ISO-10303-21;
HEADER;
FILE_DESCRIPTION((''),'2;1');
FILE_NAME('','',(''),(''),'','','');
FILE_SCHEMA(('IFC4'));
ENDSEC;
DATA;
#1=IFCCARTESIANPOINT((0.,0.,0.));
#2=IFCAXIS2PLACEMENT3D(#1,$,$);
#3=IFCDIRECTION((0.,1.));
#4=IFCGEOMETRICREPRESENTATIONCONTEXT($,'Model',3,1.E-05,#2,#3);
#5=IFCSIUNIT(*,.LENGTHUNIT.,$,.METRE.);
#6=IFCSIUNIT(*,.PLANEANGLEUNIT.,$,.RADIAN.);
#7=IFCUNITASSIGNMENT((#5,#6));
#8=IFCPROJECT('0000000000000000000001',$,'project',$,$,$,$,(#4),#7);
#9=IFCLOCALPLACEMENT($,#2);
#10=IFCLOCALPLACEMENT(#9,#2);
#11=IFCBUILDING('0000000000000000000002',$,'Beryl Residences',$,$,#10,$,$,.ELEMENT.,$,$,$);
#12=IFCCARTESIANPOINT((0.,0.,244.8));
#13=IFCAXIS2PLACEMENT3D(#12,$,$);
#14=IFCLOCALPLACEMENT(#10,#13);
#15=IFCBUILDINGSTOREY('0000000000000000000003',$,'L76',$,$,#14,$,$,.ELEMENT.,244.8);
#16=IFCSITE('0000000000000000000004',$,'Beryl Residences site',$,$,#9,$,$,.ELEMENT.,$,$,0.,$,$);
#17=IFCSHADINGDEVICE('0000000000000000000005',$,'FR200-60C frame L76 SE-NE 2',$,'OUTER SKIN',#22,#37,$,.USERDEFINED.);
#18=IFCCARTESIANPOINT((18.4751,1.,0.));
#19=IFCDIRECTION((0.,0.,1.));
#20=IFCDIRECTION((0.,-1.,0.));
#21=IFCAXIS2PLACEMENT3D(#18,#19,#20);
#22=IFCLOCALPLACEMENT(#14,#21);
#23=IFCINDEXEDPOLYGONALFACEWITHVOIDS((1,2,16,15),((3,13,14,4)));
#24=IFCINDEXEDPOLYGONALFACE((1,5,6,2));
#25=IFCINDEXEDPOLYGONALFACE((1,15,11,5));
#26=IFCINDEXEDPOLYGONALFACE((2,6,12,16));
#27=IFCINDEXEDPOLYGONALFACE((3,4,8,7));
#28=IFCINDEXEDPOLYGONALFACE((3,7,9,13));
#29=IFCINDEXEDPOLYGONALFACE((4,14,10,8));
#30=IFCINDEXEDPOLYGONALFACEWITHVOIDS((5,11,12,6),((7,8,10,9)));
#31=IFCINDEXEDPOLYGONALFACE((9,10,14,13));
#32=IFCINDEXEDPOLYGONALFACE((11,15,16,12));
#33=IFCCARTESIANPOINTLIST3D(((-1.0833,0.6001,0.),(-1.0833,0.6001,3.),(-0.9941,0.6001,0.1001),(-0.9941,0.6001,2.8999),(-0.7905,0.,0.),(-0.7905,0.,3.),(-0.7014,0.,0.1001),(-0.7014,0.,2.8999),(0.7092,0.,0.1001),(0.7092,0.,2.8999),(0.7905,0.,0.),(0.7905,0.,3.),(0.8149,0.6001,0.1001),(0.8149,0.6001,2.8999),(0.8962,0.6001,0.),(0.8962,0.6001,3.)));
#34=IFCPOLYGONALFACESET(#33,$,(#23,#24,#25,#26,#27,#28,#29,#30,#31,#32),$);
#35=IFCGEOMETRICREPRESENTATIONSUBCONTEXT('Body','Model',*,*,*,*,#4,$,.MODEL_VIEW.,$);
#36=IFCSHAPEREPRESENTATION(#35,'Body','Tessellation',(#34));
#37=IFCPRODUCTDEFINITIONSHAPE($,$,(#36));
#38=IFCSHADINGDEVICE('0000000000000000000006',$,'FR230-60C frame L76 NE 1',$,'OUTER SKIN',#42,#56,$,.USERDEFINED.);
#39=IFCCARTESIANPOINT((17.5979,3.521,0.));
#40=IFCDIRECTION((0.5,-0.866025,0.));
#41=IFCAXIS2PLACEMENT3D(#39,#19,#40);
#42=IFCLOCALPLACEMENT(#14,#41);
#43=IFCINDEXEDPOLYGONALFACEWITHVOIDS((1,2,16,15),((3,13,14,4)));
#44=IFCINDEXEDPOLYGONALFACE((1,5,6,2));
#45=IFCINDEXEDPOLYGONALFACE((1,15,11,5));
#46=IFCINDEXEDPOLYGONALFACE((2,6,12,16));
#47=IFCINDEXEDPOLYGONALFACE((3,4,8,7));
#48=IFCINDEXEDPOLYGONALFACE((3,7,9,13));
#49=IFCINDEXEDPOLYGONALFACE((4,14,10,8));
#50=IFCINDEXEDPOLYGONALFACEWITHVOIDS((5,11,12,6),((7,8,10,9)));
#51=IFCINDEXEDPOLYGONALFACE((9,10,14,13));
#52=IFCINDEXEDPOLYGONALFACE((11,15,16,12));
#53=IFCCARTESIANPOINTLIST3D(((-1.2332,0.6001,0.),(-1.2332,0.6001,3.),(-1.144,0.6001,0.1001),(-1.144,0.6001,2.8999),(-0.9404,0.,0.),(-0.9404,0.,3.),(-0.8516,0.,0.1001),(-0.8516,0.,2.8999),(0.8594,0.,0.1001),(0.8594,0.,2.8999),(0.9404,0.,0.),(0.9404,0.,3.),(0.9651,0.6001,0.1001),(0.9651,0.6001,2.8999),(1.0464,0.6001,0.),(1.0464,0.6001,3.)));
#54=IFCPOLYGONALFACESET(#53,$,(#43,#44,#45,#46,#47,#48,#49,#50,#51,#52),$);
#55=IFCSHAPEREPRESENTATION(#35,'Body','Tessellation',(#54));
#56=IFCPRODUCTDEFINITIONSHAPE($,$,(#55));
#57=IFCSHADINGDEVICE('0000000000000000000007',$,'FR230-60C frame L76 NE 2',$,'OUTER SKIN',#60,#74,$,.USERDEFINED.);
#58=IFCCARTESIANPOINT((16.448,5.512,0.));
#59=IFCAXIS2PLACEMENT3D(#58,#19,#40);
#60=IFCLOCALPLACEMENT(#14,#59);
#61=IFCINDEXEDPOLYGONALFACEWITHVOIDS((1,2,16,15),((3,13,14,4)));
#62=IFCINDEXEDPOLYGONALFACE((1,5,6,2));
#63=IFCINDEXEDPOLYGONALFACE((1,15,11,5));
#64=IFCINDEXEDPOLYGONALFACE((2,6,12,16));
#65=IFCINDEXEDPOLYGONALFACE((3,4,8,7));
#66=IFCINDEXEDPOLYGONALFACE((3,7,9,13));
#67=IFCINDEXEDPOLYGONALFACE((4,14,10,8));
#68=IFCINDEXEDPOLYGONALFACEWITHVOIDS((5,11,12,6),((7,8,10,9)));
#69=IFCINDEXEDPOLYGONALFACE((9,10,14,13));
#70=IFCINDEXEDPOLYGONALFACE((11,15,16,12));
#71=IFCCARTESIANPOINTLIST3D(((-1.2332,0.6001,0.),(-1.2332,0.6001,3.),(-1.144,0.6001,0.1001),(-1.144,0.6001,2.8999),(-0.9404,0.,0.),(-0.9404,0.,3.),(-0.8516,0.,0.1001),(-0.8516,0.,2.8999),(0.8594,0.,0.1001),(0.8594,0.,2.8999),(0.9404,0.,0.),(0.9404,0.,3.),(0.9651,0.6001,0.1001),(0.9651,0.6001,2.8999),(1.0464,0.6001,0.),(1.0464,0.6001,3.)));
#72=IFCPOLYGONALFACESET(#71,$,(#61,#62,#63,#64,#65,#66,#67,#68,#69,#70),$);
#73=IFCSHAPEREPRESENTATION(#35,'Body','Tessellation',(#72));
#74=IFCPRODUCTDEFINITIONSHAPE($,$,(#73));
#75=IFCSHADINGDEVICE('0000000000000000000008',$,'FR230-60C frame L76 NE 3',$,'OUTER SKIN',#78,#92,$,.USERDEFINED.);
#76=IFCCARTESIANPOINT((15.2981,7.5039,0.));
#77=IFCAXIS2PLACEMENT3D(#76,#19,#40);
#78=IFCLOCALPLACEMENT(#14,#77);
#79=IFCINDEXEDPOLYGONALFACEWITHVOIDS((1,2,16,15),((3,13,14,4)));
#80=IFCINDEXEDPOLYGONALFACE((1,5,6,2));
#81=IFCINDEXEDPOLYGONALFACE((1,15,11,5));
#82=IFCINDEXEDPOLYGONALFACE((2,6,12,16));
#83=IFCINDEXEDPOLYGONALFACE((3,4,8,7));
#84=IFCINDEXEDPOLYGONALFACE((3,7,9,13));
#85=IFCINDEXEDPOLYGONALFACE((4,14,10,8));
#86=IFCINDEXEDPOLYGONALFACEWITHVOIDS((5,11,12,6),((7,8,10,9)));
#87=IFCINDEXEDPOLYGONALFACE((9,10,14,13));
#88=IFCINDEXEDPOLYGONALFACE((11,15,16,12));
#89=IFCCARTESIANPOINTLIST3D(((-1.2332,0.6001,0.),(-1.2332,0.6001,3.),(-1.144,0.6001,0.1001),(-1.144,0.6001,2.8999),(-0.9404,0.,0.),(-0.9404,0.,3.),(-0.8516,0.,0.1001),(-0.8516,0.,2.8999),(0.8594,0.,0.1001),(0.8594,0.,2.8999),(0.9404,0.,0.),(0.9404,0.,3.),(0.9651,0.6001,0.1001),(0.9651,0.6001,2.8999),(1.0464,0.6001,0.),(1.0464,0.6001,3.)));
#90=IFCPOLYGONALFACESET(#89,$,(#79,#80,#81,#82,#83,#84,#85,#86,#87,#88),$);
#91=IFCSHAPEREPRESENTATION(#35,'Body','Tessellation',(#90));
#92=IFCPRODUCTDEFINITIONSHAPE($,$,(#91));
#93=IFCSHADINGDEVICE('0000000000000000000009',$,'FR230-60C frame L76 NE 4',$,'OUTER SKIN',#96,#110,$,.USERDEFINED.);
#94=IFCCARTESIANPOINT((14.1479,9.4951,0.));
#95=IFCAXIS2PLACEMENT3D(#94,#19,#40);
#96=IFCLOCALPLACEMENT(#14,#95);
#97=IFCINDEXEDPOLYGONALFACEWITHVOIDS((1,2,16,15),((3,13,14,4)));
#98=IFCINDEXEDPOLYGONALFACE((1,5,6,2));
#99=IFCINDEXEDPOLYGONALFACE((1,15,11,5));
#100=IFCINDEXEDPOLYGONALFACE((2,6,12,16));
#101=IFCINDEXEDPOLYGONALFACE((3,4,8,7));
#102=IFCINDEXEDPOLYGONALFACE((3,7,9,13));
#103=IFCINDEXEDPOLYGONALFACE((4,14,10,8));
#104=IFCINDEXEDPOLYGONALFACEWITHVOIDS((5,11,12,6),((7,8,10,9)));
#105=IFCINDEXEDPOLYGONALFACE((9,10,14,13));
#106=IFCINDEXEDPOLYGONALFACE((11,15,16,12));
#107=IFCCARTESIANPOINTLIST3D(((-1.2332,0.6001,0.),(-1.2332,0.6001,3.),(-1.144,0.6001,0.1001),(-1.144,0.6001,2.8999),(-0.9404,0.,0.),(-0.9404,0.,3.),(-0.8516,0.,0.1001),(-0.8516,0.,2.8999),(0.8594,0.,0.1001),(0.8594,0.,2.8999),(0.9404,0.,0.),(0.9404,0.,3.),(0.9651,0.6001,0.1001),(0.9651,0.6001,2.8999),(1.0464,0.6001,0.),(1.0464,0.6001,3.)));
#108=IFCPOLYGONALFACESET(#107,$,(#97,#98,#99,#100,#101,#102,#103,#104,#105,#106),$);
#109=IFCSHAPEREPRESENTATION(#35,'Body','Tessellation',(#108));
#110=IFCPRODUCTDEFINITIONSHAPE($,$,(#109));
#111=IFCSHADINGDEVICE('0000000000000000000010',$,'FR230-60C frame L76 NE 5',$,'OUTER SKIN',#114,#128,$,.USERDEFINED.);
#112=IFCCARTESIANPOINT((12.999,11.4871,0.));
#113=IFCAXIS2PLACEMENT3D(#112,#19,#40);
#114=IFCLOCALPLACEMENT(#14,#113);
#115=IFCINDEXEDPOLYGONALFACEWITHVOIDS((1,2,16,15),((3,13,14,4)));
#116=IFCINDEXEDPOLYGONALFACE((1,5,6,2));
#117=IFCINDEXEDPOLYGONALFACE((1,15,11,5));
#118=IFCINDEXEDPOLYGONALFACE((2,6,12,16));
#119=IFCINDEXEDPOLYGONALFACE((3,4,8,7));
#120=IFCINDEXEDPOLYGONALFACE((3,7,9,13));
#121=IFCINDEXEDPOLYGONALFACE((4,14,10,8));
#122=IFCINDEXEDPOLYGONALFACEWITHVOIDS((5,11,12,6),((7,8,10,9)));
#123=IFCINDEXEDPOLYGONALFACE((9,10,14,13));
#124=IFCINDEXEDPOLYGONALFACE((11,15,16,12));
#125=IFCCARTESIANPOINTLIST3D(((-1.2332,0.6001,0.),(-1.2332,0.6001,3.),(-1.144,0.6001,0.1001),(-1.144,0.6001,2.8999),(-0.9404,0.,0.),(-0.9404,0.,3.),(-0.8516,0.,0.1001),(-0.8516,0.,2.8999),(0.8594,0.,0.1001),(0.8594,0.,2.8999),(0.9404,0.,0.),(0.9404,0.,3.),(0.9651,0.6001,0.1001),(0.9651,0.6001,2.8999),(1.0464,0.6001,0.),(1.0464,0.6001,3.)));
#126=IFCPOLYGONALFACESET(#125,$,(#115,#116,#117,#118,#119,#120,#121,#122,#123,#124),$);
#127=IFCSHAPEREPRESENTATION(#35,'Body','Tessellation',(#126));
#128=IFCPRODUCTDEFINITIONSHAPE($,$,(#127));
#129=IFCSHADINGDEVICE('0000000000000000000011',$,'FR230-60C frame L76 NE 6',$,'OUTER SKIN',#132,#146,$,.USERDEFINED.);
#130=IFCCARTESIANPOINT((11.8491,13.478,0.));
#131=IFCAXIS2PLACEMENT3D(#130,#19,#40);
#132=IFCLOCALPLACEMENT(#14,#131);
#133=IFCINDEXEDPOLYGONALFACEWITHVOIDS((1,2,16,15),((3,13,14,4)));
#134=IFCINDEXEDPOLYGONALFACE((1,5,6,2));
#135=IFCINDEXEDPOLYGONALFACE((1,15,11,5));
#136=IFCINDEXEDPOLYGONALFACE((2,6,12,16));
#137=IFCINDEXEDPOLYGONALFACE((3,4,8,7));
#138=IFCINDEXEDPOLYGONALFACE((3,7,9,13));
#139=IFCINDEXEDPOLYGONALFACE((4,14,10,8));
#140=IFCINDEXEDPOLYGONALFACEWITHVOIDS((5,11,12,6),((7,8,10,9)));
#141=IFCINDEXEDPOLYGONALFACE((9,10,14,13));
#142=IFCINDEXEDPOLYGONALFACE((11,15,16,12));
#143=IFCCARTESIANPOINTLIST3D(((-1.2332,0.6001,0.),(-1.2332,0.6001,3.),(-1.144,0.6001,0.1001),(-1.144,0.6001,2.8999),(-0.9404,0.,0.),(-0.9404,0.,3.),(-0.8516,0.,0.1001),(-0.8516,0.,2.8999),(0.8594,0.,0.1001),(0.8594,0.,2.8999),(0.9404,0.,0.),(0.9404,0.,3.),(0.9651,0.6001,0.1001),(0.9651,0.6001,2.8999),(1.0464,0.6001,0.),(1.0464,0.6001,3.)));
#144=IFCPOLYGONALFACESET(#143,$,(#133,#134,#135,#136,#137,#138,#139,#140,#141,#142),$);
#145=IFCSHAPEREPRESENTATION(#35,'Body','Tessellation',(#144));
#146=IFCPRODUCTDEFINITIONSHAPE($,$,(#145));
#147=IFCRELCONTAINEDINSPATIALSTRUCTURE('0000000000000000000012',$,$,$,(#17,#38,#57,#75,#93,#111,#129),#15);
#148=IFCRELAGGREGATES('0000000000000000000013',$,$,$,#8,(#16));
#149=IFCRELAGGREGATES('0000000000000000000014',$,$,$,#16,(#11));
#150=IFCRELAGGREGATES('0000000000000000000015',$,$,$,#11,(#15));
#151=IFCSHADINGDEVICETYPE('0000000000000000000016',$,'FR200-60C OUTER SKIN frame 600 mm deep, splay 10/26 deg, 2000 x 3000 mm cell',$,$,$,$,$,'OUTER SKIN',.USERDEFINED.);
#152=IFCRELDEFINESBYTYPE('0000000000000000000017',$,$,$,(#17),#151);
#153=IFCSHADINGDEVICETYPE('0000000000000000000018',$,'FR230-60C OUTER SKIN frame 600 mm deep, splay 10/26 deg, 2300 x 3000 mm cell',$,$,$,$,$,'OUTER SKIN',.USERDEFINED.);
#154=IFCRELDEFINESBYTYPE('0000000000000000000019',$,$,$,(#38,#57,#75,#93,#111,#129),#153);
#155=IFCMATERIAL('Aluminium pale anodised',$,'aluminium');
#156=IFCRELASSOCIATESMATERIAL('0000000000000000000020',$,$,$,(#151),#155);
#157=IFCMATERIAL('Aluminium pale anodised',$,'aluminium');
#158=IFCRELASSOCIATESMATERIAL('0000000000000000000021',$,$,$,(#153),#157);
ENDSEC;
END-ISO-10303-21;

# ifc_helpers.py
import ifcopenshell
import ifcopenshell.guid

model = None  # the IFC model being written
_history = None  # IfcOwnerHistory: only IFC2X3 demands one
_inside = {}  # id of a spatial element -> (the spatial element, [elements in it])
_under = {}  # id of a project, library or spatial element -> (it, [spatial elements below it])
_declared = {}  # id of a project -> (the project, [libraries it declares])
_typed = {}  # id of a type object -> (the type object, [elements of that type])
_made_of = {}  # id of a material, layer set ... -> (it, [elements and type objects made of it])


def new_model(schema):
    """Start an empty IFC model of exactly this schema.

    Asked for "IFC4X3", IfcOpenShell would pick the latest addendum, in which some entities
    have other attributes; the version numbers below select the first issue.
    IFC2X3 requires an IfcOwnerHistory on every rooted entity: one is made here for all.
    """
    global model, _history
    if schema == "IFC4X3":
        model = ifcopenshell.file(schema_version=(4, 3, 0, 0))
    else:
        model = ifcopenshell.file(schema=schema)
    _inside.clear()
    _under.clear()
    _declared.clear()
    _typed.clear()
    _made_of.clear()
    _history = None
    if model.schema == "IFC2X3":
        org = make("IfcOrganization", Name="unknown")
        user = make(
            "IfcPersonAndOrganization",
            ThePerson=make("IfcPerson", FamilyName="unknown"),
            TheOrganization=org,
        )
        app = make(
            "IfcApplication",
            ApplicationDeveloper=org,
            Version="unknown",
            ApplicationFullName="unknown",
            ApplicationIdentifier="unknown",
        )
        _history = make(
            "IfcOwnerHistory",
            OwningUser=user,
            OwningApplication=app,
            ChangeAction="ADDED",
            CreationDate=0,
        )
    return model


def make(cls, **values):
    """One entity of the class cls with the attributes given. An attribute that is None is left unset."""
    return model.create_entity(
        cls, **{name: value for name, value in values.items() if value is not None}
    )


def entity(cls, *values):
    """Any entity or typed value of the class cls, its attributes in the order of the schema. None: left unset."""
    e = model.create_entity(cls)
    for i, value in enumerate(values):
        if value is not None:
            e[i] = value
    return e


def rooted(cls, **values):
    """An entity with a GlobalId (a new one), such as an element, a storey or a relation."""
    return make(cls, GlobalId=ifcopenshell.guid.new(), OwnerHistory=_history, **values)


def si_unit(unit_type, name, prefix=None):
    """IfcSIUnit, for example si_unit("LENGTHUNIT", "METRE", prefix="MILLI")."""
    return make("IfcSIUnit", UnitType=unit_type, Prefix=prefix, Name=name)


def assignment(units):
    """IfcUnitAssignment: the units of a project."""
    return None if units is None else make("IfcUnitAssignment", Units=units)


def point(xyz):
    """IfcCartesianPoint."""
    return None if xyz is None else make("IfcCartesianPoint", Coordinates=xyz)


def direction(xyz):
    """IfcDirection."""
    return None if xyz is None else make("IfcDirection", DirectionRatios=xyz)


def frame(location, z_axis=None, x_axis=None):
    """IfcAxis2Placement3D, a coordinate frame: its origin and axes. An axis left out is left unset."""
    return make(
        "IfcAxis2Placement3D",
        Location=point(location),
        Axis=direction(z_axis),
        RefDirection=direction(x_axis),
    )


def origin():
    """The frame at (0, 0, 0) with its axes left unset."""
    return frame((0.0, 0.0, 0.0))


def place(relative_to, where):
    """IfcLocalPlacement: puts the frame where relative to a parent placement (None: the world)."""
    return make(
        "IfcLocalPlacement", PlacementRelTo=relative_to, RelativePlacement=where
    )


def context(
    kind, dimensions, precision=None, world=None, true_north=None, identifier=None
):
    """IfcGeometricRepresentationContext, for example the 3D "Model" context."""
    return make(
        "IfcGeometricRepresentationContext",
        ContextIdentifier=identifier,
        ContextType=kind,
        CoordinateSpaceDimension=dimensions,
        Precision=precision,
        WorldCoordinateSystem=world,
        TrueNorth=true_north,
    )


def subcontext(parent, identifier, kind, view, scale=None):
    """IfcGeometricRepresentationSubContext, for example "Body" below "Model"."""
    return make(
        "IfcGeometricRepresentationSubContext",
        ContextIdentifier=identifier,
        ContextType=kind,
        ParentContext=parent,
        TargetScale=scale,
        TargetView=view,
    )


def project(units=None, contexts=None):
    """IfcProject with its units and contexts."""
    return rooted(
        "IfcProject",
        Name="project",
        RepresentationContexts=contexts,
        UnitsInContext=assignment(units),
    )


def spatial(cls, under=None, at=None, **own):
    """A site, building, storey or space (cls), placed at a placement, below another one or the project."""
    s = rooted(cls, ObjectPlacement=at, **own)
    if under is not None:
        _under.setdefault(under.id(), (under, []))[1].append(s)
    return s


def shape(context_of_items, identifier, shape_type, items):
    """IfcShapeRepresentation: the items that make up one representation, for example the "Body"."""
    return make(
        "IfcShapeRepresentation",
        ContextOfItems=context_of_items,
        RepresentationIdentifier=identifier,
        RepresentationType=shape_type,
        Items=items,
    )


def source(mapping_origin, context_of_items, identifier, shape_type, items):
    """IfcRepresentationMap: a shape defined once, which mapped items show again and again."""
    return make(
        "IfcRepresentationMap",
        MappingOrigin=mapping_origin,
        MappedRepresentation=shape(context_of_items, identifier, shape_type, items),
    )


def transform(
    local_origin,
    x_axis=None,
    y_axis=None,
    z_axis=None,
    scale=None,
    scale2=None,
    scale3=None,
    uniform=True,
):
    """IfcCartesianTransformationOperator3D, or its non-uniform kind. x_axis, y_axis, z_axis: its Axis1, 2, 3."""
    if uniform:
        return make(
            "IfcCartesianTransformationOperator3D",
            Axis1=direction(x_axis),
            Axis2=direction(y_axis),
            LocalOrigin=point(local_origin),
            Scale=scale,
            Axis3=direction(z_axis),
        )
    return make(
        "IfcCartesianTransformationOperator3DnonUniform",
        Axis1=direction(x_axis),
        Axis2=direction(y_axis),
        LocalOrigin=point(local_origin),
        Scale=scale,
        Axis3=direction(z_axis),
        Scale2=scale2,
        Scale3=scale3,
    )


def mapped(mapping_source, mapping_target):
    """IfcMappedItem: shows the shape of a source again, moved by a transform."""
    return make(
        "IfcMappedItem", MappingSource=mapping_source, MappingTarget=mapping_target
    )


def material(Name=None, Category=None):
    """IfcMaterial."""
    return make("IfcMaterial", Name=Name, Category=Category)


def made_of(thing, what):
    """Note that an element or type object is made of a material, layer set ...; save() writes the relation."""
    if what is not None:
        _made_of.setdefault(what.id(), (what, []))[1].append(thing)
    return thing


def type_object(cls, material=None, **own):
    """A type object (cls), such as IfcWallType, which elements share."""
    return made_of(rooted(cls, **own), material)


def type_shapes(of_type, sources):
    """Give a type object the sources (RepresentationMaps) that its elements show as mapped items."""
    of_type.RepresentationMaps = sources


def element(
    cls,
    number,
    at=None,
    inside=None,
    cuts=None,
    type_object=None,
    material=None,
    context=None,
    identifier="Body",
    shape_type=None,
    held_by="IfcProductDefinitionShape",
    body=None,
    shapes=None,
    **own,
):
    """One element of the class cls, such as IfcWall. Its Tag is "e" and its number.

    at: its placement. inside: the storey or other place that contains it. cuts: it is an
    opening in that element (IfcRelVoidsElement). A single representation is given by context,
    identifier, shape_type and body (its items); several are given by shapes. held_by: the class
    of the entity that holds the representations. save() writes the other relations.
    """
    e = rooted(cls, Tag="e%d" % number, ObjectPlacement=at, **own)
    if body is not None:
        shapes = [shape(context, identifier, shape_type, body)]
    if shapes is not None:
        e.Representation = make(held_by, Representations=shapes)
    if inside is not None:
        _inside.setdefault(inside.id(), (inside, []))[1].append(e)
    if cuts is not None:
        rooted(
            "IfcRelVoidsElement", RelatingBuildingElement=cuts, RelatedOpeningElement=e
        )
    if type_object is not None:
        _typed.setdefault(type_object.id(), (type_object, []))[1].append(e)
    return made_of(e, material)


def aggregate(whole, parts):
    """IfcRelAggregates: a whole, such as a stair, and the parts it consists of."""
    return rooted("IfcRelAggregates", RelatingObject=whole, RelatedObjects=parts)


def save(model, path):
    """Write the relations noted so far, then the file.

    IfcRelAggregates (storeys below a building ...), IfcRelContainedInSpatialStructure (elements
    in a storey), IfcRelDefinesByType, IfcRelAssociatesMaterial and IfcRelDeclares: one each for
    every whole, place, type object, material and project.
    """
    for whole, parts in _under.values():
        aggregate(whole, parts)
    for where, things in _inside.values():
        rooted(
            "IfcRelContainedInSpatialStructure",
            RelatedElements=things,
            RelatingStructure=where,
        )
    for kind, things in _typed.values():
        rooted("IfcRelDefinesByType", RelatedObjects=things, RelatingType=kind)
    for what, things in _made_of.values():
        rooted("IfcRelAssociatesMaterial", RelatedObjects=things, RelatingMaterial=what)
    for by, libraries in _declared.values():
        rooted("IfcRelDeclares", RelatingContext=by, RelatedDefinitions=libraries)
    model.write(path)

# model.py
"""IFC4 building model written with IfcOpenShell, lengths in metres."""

from ifc_helpers import new_model, entity, si_unit, direction, frame, origin, place, context, subcontext, project, spatial, source, transform, mapped, material, type_object, type_shapes, element, save


model = new_model("IFC4")

# Units and contexts
model_context = context("Model", 3, precision=1e-05, world=origin(), true_north=direction((0.0, 1.0)))
body_context = subcontext(model_context, "Body", "Model", "MODEL_VIEW")
ifc_project = project(units=[si_unit("LENGTHUNIT", "METRE"), si_unit("PLANEANGLEUNIT", "RADIAN")], contexts=[model_context])

# Site, building, storey
site_placement = place(None, origin())
site = spatial("IfcSite", under=ifc_project, at=site_placement, Name="Beryl Residences site", CompositionType="ELEMENT", RefElevation=0.0)
building_placement = place(site_placement, origin())
building = spatial("IfcBuilding", under=site, at=building_placement, Name="Beryl Residences", CompositionType="ELEMENT")
storey_placement = place(building_placement, frame((0.0, 0.0, 244.8)))
storey = spatial("IfcBuildingStorey", under=building, at=storey_placement, Name="L76", CompositionType="ELEMENT", Elevation=244.8)

# Shading devices
ifc_material_1 = material(Name="Aluminium pale anodised", Category="aluminium")
shading_device_type_1 = type_object("IfcShadingDeviceType", Name="FR200-60C OUTER SKIN frame 600 mm deep, splay 10/26 deg, 2000 x 3000 mm cell", ElementType="OUTER SKIN", PredefinedType="USERDEFINED", material=ifc_material_1)
cartesian_point_1 = entity("IfcCartesianPoint", [-0.7905, 0.0])
cartesian_point_2 = entity("IfcCartesianPoint", [-0.7092, 0.1001])
cartesian_point_3 = entity("IfcCartesianPoint", [-0.8962, 0.0])
cartesian_point_4 = entity("IfcCartesianPoint", [-0.8149, 0.1001])
shared_shape_1 = source(origin(), body_context, "Body", "SweptSolid", [
    entity("IfcExtrudedAreaSolidTapered", entity("IfcArbitraryProfileDefWithVoids", "AREA", None, entity("IfcPolyline", [cartesian_point_1, entity("IfcCartesianPoint", [0.7905, 0.0]), entity("IfcCartesianPoint", [0.7905, 3.0]), entity("IfcCartesianPoint", [-0.7905, 3.0]), cartesian_point_1]), [entity("IfcPolyline", [cartesian_point_2, entity("IfcCartesianPoint", [0.7014, 0.1001]), entity("IfcCartesianPoint", [0.7014, 2.8999]), entity("IfcCartesianPoint", [-0.7092, 2.8999]), cartesian_point_2])]), entity("IfcAxis2Placement3D", entity("IfcCartesianPoint", [0.0, 0.0, 0.0]), entity("IfcDirection", [0.0, 1.0, 0.0]), entity("IfcDirection", [-1.0, 0.0, 0.0])), entity("IfcDirection", [0.0, 0.0, 1.0]), 0.6001, entity("IfcArbitraryProfileDefWithVoids", "AREA", None, entity("IfcPolyline", [cartesian_point_3, entity("IfcCartesianPoint", [1.0833, 0.0]), entity("IfcCartesianPoint", [1.0833, 3.0]), entity("IfcCartesianPoint", [-0.8962, 3.0]), cartesian_point_3]), [entity("IfcPolyline", [cartesian_point_4, entity("IfcCartesianPoint", [0.9941, 0.1001]), entity("IfcCartesianPoint", [0.9941, 2.8999]), entity("IfcCartesianPoint", [-0.8149, 2.8999]), cartesian_point_4])])),
])
type_shapes(shading_device_type_1, [shared_shape_1])
shading_device_placement = place(storey_placement, frame((18.4751, 1.0, 0.0), z_axis=(0.0, 0.0, 1.0), x_axis=(0.0, -1.0, 0.0)))
element("IfcShadingDevice", 1, at=shading_device_placement, inside=storey, type_object=shading_device_type_1, Name="FR200-60C frame L76 SE-NE 2", ObjectType="OUTER SKIN", PredefinedType="USERDEFINED", context=body_context, shape_type="MappedRepresentation", body=[
    mapped(shared_shape_1, transform((0.0, 0.0, 0.0))),
])
ifc_material_2 = material(Name="Aluminium pale anodised", Category="aluminium")
shading_device_type_2 = type_object("IfcShadingDeviceType", Name="FR230-60C OUTER SKIN frame 600 mm deep, splay 10/26 deg, 2300 x 3000 mm cell", ElementType="OUTER SKIN", PredefinedType="USERDEFINED", material=ifc_material_2)
cartesian_point_5 = entity("IfcCartesianPoint", [-0.9404, 0.0])
cartesian_point_6 = entity("IfcCartesianPoint", [-0.8594, 0.1001])
cartesian_point_7 = entity("IfcCartesianPoint", [-1.0464, 0.0])
cartesian_point_8 = entity("IfcCartesianPoint", [-0.9651, 0.1001])
shared_shape_2 = source(origin(), body_context, "Body", "SweptSolid", [
    entity("IfcExtrudedAreaSolidTapered", entity("IfcArbitraryProfileDefWithVoids", "AREA", None, entity("IfcPolyline", [cartesian_point_5, entity("IfcCartesianPoint", [0.9404, 0.0]), entity("IfcCartesianPoint", [0.9404, 3.0]), entity("IfcCartesianPoint", [-0.9404, 3.0]), cartesian_point_5]), [entity("IfcPolyline", [cartesian_point_6, entity("IfcCartesianPoint", [0.8516, 0.1001]), entity("IfcCartesianPoint", [0.8516, 2.8999]), entity("IfcCartesianPoint", [-0.8594, 2.8999]), cartesian_point_6])]), entity("IfcAxis2Placement3D", entity("IfcCartesianPoint", [0.0, 0.0, 0.0]), entity("IfcDirection", [0.0, 1.0, 0.0]), entity("IfcDirection", [-1.0, 0.0, 0.0])), entity("IfcDirection", [0.0, 0.0, 1.0]), 0.6001, entity("IfcArbitraryProfileDefWithVoids", "AREA", None, entity("IfcPolyline", [cartesian_point_7, entity("IfcCartesianPoint", [1.2332, 0.0]), entity("IfcCartesianPoint", [1.2332, 3.0]), entity("IfcCartesianPoint", [-1.0464, 3.0]), cartesian_point_7]), [entity("IfcPolyline", [cartesian_point_8, entity("IfcCartesianPoint", [1.144, 0.1001]), entity("IfcCartesianPoint", [1.144, 2.8999]), entity("IfcCartesianPoint", [-0.9651, 2.8999]), cartesian_point_8])])),
])
type_shapes(shading_device_type_2, [shared_shape_2])
for number, where, z_axis, x_axis, name in (
    (2, (17.5979, 3.521, 0.0), (0.0, 0.0, 1.0), (0.5, -0.866025, 0.0), "FR230-60C frame L76 NE 1"),
    (3, (16.448, 5.512, 0.0), (0.0, 0.0, 1.0), (0.5, -0.866025, 0.0), "FR230-60C frame L76 NE 2"),
    (4, (15.2981, 7.5039, 0.0), (0.0, 0.0, 1.0), (0.5, -0.866025, 0.0), "FR230-60C frame L76 NE 3"),
    (5, (14.1479, 9.4951, 0.0), (0.0, 0.0, 1.0), (0.5, -0.866025, 0.0), "FR230-60C frame L76 NE 4"),
    (6, (12.999, 11.4871, 0.0), (0.0, 0.0, 1.0), (0.5, -0.866025, 0.0), "FR230-60C frame L76 NE 5"),
    (7, (11.8491, 13.478, 0.0), (0.0, 0.0, 1.0), (0.5, -0.866025, 0.0), "FR230-60C frame L76 NE 6"),
):
    element("IfcShadingDevice", number, at=place(storey_placement, frame(where, z_axis=z_axis, x_axis=x_axis)), inside=storey, type_object=shading_device_type_2, Name=name, ObjectType="OUTER SKIN", PredefinedType="USERDEFINED", context=body_context, shape_type="MappedRepresentation", body=[
        mapped(shared_shape_2, transform((0.0, 0.0, 0.0))),
    ])

save(model, "model.ifc")
